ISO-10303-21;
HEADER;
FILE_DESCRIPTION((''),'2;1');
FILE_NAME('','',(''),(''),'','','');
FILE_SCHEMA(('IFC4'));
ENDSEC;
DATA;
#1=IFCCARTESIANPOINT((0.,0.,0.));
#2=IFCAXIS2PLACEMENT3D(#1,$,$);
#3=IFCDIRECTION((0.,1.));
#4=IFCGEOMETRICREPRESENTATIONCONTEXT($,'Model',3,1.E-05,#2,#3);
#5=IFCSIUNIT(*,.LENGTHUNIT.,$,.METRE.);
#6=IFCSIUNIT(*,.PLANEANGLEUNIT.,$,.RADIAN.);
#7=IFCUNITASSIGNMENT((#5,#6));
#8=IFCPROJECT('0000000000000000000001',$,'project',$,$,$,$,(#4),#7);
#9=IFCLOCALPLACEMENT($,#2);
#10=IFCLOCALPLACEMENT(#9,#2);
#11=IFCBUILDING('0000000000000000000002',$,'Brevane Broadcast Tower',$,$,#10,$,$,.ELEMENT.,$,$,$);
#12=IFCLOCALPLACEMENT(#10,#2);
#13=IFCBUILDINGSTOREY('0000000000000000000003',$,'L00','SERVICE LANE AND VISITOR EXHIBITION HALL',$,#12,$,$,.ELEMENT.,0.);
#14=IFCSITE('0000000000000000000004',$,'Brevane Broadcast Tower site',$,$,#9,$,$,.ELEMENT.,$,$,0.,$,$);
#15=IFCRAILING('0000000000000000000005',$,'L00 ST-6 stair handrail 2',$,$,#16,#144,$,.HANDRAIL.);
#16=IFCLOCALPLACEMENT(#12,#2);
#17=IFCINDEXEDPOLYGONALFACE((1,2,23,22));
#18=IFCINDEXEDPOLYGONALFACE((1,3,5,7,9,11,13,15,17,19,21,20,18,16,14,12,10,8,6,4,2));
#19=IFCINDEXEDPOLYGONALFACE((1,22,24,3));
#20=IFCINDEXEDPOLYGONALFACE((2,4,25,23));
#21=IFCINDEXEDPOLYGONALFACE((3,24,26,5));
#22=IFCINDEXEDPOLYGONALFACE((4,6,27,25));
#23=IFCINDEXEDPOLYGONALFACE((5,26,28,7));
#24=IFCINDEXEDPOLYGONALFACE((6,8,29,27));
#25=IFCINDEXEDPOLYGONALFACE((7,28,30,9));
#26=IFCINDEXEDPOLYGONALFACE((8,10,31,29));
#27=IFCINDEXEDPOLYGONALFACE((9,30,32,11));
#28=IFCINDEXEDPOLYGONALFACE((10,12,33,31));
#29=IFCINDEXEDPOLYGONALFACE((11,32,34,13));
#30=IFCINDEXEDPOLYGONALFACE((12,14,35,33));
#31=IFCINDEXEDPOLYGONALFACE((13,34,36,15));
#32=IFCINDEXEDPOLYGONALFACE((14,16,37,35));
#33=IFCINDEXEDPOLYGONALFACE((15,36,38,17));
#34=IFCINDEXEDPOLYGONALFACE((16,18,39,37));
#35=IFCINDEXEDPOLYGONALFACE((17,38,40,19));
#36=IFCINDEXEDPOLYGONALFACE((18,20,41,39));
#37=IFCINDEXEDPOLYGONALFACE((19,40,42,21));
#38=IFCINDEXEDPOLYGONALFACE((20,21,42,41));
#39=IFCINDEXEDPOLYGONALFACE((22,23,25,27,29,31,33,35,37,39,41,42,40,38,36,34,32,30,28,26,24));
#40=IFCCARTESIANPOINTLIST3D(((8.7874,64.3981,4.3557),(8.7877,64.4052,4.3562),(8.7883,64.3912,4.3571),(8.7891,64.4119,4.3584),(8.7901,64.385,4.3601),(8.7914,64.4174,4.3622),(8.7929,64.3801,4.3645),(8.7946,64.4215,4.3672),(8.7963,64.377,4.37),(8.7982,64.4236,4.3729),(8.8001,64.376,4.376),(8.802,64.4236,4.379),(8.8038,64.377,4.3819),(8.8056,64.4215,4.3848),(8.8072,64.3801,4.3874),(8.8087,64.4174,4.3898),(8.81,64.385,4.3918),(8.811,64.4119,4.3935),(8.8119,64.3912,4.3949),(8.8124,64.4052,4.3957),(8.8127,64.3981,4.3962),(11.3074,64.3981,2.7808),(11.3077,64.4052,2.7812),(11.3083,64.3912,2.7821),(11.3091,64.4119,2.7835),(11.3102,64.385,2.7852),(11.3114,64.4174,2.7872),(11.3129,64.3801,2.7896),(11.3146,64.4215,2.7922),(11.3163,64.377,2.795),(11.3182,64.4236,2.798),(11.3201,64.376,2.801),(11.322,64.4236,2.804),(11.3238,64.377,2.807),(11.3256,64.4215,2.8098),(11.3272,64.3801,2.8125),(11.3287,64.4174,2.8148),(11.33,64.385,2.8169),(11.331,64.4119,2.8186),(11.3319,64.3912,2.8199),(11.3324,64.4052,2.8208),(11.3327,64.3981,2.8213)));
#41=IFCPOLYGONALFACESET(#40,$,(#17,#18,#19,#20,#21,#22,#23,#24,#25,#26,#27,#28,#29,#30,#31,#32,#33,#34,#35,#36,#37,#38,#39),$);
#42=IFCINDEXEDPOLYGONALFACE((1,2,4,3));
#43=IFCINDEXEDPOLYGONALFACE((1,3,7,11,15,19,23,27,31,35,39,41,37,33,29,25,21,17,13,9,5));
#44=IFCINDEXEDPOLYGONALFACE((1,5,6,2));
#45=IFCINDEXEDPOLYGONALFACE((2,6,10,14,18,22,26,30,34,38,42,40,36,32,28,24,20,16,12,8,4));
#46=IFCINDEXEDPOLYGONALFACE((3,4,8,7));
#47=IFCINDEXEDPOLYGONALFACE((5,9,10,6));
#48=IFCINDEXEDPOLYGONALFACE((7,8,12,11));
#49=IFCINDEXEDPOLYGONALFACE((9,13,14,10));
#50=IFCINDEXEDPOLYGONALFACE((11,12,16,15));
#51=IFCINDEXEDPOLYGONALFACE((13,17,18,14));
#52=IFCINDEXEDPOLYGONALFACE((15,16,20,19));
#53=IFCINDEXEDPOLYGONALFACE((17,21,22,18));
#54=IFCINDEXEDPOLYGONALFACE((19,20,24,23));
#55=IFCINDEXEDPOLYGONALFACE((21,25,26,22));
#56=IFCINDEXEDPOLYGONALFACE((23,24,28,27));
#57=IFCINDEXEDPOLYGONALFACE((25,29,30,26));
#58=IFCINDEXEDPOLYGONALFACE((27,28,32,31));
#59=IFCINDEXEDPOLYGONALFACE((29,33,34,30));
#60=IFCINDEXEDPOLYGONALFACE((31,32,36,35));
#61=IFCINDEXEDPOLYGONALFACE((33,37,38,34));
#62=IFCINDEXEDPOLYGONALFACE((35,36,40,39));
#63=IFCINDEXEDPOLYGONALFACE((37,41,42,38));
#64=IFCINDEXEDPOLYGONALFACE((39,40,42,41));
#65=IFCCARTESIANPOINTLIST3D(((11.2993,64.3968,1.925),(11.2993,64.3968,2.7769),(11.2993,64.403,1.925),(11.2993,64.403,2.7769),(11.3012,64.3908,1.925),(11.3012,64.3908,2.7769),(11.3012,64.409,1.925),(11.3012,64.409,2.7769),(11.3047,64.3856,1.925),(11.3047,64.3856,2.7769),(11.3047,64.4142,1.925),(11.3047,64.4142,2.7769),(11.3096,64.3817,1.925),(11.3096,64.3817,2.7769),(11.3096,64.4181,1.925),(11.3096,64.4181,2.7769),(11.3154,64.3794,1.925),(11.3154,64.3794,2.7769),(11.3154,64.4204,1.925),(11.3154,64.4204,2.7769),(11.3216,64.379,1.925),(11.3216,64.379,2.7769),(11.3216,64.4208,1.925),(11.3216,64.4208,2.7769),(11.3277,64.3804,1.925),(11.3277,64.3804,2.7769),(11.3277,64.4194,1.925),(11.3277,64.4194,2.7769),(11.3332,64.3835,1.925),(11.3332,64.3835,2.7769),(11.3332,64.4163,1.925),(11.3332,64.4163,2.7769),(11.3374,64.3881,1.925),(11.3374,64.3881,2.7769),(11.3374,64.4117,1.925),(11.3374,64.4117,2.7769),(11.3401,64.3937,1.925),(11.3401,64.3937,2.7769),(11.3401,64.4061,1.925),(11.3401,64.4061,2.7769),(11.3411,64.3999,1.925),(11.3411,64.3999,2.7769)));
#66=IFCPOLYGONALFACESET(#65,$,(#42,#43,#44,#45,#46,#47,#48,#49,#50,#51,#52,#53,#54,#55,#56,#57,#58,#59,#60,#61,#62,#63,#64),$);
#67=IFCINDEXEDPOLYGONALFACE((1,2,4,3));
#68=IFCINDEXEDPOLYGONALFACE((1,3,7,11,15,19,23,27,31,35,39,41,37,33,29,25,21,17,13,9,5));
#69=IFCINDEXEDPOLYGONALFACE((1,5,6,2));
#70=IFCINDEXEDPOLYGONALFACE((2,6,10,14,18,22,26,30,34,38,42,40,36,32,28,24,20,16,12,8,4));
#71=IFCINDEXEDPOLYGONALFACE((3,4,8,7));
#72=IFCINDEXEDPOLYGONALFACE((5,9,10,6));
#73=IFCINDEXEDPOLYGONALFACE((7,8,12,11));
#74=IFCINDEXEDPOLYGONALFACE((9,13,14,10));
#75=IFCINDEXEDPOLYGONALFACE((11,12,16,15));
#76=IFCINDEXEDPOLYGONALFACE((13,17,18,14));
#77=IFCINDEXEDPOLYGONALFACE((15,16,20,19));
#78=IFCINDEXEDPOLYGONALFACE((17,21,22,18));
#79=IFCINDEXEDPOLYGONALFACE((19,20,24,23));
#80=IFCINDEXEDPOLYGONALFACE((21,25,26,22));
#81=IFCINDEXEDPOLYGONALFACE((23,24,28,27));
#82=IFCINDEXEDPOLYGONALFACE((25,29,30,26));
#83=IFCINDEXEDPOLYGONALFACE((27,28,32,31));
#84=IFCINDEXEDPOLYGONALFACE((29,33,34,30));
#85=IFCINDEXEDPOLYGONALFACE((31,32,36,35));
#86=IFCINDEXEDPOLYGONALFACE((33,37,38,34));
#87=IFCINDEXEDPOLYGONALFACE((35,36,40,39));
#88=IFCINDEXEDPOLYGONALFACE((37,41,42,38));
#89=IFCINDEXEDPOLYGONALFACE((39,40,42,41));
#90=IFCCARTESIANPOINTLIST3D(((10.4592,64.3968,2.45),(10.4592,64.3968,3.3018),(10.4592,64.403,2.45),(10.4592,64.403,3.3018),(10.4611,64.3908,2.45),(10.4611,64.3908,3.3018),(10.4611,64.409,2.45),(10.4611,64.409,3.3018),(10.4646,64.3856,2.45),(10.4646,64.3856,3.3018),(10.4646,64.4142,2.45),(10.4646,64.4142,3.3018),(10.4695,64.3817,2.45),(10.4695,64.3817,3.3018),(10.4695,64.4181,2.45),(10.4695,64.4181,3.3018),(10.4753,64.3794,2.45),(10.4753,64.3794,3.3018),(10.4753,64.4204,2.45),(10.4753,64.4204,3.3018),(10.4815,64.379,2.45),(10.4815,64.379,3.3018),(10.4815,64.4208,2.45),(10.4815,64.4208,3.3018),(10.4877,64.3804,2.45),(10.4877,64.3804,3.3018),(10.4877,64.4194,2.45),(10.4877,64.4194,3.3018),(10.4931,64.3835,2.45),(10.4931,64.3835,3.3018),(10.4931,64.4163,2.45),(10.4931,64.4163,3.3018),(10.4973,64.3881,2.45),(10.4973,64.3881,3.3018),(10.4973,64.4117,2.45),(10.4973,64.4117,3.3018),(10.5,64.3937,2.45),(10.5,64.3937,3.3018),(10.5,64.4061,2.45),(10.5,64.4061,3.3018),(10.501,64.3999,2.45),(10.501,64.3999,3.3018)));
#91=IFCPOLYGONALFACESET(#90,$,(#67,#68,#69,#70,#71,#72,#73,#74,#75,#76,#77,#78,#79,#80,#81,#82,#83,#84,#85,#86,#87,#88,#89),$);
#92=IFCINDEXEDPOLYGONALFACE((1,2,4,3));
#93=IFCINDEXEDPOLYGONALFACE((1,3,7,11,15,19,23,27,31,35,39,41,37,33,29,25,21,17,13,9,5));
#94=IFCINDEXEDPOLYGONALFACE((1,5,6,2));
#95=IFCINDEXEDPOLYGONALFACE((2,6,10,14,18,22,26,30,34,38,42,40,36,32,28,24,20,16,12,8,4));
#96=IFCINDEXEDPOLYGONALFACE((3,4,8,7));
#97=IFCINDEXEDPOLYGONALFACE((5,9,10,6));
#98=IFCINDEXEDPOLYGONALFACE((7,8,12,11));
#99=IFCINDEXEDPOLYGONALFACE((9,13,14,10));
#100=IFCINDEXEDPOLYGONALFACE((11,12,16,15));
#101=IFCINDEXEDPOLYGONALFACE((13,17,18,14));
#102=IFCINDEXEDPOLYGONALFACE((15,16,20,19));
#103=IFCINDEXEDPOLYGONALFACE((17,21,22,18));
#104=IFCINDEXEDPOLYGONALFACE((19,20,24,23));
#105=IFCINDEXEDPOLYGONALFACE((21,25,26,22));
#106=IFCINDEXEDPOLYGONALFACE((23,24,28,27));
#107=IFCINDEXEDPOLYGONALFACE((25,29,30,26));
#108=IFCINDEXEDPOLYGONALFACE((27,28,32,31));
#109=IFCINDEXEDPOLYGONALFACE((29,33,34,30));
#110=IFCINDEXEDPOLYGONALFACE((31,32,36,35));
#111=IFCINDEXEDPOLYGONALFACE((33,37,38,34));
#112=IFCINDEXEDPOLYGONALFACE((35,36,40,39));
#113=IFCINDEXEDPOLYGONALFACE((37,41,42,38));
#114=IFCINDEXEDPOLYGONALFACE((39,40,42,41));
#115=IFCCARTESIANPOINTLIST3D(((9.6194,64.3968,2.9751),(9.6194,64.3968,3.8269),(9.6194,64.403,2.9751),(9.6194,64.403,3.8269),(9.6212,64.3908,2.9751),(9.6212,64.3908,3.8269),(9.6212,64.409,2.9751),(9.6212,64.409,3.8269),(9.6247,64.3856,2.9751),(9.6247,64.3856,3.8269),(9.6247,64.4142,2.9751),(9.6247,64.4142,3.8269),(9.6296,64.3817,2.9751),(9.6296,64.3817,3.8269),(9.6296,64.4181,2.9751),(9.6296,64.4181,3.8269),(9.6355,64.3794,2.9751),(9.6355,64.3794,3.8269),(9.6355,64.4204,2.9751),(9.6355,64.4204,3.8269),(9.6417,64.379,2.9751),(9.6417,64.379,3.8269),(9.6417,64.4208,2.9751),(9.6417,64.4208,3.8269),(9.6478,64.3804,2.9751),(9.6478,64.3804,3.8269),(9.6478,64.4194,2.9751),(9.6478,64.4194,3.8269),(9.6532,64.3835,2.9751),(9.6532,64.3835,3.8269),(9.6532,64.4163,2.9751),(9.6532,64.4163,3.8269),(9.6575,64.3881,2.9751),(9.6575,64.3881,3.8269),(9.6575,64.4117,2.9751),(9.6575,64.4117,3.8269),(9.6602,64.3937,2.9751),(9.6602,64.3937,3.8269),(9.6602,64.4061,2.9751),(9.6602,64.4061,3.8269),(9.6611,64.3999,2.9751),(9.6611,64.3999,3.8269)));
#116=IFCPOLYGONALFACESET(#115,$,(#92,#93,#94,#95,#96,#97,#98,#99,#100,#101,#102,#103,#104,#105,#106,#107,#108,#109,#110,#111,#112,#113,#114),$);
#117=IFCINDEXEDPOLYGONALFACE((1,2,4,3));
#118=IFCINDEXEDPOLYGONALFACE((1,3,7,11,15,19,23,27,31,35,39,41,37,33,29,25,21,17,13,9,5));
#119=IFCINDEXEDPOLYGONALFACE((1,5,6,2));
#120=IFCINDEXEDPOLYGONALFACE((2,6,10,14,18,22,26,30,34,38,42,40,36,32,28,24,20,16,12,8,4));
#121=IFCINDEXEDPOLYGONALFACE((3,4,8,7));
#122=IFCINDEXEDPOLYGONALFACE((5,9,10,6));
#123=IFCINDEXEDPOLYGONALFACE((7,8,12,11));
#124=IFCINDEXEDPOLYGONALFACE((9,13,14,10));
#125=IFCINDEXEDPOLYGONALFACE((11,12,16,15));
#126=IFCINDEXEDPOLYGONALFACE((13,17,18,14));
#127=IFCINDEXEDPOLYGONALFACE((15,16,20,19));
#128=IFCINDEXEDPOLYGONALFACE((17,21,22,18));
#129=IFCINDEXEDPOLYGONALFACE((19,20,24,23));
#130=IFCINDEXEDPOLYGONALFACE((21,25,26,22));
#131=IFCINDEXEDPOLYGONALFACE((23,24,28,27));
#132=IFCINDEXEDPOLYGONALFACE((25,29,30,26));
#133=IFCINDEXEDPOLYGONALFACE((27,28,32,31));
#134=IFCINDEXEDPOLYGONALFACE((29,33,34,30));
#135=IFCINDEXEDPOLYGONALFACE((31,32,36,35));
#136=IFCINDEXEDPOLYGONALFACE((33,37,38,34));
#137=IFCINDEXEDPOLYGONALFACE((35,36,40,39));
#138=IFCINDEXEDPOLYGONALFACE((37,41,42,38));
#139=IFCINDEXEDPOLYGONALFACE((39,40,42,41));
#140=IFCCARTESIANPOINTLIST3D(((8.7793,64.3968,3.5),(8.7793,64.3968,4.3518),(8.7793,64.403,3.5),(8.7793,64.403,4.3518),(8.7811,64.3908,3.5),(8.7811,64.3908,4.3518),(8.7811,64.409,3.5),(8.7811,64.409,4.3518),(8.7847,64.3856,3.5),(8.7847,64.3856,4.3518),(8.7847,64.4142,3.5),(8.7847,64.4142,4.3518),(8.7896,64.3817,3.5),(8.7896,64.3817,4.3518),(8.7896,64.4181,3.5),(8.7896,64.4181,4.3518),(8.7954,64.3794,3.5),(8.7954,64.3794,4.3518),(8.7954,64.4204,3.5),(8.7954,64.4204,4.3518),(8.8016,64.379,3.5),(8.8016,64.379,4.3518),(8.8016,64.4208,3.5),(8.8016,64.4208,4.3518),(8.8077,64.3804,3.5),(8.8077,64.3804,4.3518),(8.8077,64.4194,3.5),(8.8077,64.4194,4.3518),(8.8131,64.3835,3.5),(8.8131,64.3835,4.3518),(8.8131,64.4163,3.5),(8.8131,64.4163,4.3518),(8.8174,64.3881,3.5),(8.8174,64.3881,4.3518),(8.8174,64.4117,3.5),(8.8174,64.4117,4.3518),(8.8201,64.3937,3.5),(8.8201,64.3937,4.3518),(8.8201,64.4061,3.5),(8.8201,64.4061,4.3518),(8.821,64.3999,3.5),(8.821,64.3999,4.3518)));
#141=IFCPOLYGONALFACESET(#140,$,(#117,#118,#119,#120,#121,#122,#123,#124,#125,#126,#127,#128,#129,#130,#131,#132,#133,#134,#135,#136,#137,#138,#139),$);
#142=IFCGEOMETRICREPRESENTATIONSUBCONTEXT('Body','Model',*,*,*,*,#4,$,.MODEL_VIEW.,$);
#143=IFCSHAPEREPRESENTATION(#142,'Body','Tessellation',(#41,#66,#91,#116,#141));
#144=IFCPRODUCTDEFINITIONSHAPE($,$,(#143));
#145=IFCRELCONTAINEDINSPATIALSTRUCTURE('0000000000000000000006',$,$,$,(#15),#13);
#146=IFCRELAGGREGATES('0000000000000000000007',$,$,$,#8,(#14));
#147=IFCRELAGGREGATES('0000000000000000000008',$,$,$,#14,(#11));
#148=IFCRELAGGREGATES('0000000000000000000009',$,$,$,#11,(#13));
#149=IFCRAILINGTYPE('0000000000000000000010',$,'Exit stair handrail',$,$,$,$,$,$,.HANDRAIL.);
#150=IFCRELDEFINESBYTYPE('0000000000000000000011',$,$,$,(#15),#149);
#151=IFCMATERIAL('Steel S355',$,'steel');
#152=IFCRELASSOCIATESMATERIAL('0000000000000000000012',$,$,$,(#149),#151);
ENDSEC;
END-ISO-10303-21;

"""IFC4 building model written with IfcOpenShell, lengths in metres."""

from ifc_helpers import new_model, si_unit, direction, frame, origin, origin_2d, place, context, subcontext, project, spatial, circle, extrude, material, type_object, element, save


model = new_model("IFC4")

# Units and contexts
model_context = context("Model", 3, precision=1e-05, world=origin(), true_north=direction((0.0, 1.0)))
body_context = subcontext(model_context, "Body", "Model", "MODEL_VIEW")
ifc_project = project(units=[si_unit("LENGTHUNIT", "METRE"), si_unit("PLANEANGLEUNIT", "RADIAN")], contexts=[model_context])

# Site, building, storey
site_placement = place(None, origin())
site = spatial("IfcSite", under=ifc_project, at=site_placement, Name="Brevane Broadcast Tower site", CompositionType="ELEMENT", RefElevation=0.0)
building_placement = place(site_placement, origin())
building = spatial("IfcBuilding", under=site, at=building_placement, Name="Brevane Broadcast Tower", CompositionType="ELEMENT")
storey_placement = place(building_placement, origin())
storey = spatial("IfcBuildingStorey", under=building, at=storey_placement, Name="L00", Description="SERVICE LANE AND VISITOR EXHIBITION HALL", CompositionType="ELEMENT", Elevation=0.0)

# Railing
ifc_material_1 = material(Name="Steel S355", Category="steel")
railing_type_1 = type_object("IfcRailingType", Name="Exit stair handrail", PredefinedType="HANDRAIL", material=ifc_material_1)
for number, where, name in (
    (1, (11.3201, 64.3999, 1.925), "L00 ST-6 stair handrail 2"),
):
    element("IfcRailing", number, at=place(storey_placement, frame(where)), inside=storey, type_object=railing_type_1, Name=name, PredefinedType="HANDRAIL", context=body_context, shape_type="SweptSolid", body=[
        extrude(circle(Radius=0.0239, at=origin_2d()), frame((0.0, 0.0, 0.876), z_axis=(-0.848008, 0.0, 0.529984), x_axis=(0.0, -1.0, 0.0)), (0.0, 0.0, 1.0), 2.9717),
        extrude(circle(Radius=0.021, at=origin_2d()), origin(), (0.0, 0.0, 1.0), 0.8518),
        extrude(circle(Radius=0.021, at=origin_2d()), frame((-0.8401, 0.0, 0.5249)), (0.0, 0.0, 1.0), 0.8518),
        extrude(circle(Radius=0.021, at=origin_2d()), frame((-1.6799, 0.0, 1.05)), (0.0, 0.0, 1.0), 0.8518),
        extrude(circle(Radius=0.021, at=origin_2d()), frame((-2.52, 0.0, 1.575)), (0.0, 0.0, 1.0), 0.8518),
    ])

save(model, "model.ifc")
